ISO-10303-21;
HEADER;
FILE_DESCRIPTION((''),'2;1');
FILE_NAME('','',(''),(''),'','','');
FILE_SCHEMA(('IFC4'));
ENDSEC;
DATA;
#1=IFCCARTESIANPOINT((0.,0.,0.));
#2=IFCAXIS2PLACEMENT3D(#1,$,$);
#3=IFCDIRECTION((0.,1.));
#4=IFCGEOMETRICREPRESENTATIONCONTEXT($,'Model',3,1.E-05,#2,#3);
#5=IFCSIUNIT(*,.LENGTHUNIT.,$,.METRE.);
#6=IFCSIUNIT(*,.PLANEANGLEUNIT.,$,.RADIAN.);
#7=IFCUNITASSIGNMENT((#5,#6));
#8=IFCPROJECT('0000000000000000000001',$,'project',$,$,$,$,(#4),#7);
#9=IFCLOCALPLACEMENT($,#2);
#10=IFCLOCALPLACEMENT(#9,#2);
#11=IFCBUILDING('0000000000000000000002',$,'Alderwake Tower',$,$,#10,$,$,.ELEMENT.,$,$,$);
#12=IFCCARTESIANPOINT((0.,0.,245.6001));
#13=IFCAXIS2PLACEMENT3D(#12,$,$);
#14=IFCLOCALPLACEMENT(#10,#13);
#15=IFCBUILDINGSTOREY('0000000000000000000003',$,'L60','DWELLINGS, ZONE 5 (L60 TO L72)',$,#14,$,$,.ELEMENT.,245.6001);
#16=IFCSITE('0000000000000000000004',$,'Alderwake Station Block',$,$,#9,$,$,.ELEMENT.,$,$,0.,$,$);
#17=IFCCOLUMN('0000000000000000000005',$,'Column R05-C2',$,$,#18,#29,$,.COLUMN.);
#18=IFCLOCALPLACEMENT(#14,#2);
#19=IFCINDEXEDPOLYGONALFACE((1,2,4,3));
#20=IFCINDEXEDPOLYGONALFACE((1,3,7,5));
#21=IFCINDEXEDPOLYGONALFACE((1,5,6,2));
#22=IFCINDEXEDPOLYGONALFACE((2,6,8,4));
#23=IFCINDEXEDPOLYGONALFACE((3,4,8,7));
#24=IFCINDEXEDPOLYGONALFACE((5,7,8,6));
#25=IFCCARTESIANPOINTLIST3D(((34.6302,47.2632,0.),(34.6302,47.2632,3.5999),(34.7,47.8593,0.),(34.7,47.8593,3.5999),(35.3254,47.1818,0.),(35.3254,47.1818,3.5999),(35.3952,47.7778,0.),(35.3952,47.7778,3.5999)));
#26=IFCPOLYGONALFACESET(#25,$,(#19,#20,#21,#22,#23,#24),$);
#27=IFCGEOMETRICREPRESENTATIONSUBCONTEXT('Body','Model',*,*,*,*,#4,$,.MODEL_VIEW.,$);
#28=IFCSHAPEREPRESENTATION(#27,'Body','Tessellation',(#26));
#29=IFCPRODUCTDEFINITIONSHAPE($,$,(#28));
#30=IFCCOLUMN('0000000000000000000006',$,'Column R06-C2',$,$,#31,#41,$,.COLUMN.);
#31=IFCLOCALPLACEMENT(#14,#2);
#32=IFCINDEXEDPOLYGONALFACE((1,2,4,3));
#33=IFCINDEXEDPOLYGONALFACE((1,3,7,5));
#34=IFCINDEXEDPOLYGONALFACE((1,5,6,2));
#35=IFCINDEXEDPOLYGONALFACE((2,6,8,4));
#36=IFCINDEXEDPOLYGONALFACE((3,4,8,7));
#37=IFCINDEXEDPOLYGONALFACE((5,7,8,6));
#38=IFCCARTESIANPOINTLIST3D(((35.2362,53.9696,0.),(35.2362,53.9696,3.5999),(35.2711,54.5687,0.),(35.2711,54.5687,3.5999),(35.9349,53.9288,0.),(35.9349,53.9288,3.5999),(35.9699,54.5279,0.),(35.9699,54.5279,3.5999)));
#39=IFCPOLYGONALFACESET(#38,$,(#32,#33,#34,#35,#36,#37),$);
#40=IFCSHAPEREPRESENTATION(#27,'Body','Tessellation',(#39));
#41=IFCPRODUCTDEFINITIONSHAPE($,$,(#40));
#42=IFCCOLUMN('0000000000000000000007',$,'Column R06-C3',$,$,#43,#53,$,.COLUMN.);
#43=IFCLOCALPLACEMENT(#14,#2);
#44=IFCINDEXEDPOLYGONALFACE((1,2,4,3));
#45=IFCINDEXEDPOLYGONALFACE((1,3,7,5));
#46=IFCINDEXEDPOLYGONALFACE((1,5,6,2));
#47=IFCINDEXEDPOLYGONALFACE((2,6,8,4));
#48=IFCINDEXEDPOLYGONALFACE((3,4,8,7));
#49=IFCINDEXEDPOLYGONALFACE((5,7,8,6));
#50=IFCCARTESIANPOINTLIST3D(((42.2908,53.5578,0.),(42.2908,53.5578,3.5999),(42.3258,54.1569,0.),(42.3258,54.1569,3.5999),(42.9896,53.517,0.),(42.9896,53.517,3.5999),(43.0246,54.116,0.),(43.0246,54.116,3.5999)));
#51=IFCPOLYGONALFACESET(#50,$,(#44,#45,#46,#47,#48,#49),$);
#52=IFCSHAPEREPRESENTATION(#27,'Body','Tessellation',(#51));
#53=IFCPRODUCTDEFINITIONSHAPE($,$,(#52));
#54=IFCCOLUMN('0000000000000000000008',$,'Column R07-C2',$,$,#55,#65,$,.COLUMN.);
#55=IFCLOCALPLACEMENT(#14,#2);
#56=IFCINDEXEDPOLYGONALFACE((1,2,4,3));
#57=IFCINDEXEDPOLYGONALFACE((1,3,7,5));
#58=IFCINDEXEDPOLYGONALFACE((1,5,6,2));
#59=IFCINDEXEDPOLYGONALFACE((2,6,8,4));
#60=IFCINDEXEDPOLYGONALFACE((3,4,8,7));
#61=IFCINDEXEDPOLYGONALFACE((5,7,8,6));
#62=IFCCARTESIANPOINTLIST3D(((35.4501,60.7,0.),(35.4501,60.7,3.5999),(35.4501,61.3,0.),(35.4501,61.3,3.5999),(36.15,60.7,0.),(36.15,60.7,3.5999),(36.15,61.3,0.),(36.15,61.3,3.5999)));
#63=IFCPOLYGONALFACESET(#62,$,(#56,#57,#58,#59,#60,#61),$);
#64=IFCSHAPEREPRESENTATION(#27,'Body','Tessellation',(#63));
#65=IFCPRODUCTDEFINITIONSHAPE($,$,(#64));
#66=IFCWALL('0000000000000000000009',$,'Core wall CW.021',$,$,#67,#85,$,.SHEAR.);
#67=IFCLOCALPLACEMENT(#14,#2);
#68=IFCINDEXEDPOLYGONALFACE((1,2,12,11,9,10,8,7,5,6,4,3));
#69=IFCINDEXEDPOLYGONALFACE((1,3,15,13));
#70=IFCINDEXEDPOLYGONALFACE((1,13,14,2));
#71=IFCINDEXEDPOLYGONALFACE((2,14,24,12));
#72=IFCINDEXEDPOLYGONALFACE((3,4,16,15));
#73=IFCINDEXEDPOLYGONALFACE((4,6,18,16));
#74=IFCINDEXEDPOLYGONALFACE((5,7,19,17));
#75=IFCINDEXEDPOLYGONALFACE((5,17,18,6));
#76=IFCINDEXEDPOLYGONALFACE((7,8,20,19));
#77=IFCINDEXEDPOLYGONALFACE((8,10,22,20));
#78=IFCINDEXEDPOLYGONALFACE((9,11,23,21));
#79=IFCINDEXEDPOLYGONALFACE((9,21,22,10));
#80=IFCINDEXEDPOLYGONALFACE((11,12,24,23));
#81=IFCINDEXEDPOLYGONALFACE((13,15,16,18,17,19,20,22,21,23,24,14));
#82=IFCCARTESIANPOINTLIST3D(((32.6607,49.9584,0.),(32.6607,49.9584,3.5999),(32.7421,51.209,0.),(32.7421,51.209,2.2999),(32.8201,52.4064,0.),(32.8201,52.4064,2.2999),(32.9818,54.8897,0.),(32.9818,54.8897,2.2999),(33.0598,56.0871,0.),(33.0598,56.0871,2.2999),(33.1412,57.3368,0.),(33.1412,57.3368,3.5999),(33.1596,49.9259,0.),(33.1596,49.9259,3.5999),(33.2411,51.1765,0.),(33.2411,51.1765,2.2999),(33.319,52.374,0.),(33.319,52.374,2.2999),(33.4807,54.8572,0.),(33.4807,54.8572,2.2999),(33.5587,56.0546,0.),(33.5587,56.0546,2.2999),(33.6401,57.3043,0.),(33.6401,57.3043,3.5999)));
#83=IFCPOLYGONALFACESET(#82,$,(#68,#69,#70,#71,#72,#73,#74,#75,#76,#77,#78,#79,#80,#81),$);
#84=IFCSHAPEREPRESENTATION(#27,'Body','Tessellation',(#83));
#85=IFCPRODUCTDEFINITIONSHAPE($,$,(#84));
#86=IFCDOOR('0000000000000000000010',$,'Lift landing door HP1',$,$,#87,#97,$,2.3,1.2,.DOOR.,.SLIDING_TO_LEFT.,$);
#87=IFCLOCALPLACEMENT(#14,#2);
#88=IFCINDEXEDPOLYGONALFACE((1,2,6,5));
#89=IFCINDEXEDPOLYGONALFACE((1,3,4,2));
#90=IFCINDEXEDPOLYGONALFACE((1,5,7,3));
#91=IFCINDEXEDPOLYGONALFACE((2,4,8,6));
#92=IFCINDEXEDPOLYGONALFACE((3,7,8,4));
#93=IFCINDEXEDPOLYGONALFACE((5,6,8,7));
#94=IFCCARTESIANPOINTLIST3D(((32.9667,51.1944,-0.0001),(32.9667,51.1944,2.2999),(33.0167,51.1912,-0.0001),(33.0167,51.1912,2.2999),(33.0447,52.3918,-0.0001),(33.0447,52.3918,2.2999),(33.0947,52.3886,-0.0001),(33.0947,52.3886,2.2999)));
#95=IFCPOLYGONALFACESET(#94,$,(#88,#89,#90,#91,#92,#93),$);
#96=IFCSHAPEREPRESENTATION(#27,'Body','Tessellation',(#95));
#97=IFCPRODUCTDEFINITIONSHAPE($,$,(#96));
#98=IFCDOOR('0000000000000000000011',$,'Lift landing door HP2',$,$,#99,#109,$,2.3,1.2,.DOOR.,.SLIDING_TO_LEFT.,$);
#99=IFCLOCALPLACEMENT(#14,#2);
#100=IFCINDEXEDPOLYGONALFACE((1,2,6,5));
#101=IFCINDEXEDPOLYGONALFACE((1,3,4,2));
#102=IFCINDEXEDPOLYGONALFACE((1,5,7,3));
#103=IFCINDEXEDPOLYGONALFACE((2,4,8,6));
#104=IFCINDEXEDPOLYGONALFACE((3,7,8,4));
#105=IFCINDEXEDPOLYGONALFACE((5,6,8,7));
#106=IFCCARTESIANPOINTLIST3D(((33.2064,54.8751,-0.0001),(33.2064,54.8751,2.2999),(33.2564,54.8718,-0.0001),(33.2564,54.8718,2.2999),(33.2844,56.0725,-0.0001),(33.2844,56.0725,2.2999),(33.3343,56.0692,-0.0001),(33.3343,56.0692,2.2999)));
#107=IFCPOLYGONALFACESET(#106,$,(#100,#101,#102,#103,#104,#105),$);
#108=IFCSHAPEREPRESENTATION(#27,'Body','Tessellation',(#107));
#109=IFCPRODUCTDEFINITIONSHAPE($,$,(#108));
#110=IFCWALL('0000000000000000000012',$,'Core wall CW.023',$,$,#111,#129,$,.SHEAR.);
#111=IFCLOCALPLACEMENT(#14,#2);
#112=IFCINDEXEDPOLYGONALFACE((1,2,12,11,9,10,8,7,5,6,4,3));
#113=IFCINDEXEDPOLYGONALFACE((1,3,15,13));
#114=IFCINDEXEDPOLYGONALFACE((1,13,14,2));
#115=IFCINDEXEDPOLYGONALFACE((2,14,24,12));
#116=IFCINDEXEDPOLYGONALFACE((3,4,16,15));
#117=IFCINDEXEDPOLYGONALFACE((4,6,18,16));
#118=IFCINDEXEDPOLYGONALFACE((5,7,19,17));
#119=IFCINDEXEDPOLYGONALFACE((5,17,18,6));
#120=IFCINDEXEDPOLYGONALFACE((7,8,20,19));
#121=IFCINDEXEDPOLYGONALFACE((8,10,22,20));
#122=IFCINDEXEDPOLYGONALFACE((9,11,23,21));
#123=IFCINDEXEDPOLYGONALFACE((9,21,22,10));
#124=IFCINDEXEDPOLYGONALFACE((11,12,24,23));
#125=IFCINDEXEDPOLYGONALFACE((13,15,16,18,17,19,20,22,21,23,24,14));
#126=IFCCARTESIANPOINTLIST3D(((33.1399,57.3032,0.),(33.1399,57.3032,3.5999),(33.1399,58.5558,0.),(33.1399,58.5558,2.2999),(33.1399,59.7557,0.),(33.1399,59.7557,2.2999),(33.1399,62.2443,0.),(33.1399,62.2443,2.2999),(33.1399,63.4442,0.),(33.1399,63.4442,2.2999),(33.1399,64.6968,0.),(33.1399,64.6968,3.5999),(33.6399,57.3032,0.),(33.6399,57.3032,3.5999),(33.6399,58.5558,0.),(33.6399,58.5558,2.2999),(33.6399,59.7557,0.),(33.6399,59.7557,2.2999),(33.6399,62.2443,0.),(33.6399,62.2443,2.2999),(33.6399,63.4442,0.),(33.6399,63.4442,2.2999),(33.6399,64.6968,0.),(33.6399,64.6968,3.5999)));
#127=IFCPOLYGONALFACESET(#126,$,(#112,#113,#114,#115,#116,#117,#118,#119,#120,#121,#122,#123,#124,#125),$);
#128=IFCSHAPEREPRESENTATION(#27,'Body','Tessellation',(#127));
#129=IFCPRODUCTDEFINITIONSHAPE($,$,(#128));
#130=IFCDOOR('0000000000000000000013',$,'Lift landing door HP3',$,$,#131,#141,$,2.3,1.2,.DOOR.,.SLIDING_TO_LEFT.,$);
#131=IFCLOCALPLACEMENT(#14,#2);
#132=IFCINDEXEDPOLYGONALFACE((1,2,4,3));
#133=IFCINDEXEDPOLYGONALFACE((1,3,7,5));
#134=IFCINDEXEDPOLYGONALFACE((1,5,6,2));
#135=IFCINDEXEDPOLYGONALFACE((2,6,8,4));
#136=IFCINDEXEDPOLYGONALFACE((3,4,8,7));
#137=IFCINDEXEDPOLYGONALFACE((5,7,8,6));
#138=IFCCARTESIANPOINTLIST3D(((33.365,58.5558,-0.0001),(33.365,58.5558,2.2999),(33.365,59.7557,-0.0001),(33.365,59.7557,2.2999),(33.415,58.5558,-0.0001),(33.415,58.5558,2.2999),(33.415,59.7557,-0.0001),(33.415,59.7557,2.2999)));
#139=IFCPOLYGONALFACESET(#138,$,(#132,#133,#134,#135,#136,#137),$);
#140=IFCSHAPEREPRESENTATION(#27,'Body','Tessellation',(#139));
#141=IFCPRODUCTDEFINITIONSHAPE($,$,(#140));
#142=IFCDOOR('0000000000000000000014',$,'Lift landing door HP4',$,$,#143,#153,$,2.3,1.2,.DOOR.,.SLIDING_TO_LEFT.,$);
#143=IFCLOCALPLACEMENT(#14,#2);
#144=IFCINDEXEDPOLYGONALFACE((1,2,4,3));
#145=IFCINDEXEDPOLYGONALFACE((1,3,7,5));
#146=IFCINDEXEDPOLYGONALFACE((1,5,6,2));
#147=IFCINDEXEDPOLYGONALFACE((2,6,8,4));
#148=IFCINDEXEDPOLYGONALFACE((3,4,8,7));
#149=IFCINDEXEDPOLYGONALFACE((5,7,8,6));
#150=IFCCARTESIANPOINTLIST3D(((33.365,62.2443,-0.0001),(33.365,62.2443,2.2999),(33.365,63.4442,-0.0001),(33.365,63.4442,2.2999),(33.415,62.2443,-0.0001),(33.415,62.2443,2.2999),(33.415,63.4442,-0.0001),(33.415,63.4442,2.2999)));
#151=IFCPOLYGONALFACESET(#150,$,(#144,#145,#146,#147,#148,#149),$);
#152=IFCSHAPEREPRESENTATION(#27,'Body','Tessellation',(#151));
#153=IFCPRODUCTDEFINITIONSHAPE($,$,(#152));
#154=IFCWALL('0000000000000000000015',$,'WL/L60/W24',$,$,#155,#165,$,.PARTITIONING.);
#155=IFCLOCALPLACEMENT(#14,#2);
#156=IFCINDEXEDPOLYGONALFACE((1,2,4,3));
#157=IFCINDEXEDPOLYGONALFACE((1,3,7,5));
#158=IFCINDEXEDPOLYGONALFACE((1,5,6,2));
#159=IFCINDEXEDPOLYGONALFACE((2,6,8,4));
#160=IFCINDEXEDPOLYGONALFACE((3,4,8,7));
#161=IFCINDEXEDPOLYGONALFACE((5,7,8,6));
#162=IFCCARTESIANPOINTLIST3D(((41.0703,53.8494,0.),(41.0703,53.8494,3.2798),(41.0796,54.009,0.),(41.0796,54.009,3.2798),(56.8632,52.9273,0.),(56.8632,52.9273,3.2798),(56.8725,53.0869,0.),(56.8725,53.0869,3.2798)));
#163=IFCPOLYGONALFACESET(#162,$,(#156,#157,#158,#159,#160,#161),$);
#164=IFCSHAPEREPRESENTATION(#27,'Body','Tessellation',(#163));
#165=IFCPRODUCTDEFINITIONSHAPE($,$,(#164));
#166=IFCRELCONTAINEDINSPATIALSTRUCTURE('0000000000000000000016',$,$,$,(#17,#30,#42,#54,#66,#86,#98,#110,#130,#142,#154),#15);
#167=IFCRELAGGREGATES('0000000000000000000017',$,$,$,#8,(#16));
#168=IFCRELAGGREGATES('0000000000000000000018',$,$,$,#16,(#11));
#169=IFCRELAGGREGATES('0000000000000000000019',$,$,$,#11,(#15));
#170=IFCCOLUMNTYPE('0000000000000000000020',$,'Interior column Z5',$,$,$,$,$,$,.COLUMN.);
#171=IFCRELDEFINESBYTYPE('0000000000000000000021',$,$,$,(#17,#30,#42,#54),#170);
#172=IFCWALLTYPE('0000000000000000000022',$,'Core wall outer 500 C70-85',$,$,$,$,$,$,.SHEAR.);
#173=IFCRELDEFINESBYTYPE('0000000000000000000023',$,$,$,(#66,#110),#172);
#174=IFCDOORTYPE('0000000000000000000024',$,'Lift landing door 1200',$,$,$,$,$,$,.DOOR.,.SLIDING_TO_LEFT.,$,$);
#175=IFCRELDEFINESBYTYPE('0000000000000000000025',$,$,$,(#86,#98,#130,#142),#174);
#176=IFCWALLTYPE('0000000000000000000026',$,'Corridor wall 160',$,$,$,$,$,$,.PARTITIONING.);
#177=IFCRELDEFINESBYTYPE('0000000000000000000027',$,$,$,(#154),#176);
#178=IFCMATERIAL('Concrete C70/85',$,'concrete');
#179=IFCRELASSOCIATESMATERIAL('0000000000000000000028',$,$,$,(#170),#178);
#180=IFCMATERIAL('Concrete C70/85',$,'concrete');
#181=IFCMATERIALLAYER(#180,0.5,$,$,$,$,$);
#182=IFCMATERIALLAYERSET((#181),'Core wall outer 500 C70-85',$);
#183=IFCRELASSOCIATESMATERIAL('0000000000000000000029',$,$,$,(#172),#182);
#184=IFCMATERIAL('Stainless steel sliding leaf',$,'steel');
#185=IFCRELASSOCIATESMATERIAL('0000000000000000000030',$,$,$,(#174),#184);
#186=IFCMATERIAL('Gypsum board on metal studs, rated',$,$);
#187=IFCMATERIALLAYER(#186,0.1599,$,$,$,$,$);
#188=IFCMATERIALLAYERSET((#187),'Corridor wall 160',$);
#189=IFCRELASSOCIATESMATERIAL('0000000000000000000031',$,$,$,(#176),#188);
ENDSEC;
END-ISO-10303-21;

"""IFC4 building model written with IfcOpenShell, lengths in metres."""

from ifc_helpers import new_model, si_unit, direction, frame, frame_2d, origin, origin_2d, place, context, subcontext, project, spatial, rectangle, extrude, material, layer, layer_set, material_profile, profile_set, type_object, element, fill, save


model = new_model("IFC4")

# Units and contexts
model_context = context("Model", 3, precision=1e-05, world=origin(), true_north=direction((0.0, 1.0)))
body_context = subcontext(model_context, "Body", "Model", "MODEL_VIEW")
ifc_project = project(units=[si_unit("LENGTHUNIT", "METRE"), si_unit("PLANEANGLEUNIT", "RADIAN")], contexts=[model_context])

# Site, building, storey
site_placement = place(None, origin())
site = spatial("IfcSite", under=ifc_project, at=site_placement, Name="Alderwake Station Block", CompositionType="ELEMENT", RefElevation=0.0)
building_placement = place(site_placement, origin())
building = spatial("IfcBuilding", under=site, at=building_placement, Name="Alderwake Tower", CompositionType="ELEMENT")
storey_placement = place(building_placement, frame((0.0, 0.0, 245.6001)))
storey = spatial("IfcBuildingStorey", under=building, at=storey_placement, Name="L60", Description="DWELLINGS, ZONE 5 (L60 TO L72)", CompositionType="ELEMENT", Elevation=245.6001)

# Columns
ifc_material_1 = material(Name="Concrete C70/85", Category="concrete")
ifc_material_profile = material_profile(ifc_material_1, rectangle(XDim=0.6001, YDim=0.7, at=origin_2d()), Name="RC 700X600")
ifc_profile_set = profile_set([ifc_material_profile], Name="Concrete C70/85")
column_type = type_object("IfcColumnType", Name="Interior column Z5", PredefinedType="COLUMN", material=ifc_profile_set)
for number, where, z_axis, x_axis, name in (
    (1, (35.0127, 47.5205, 0.0), (0.0, 0.0, 1.0), (0.116402, 0.993202, 0.0), "Column R05-C2"),
    (2, (35.603, 54.2488, 0.0), (0.0, 0.0, 1.0), (0.058301, 0.998299, 0.0), "Column R06-C2"),
    (3, (42.6577, 53.8369, 0.0), (0.0, 0.0, 1.0), (0.058301, 0.998299, 0.0), "Column R06-C3"),
    (4, (35.8, 61.0, 0.0), (0.0, 0.0, 1.0), (0.0, 1.0, 0.0), "Column R07-C2"),
):
    element("IfcColumn", number, at=place(storey_placement, frame(where, z_axis=z_axis, x_axis=x_axis)), inside=storey, type_object=column_type, Name=name, PredefinedType="COLUMN", context=body_context, shape_type="SweptSolid", body=[
        extrude(rectangle(XDim=0.6001, YDim=0.7, at=origin_2d()), origin(), (0.0, 0.0, 1.0), 3.5999),
    ])

# Walls, openings, doors
ifc_material_2 = material(Name="Concrete C70/85", Category="concrete")
ifc_layer_1 = layer(ifc_material_2, 0.5)
ifc_layer_set_1 = layer_set([ifc_layer_1], Name="Core wall outer 500 C70-85")
wall_type_1 = type_object("IfcWallType", Name="Core wall outer 500 C70-85", PredefinedType="SHEAR", material=ifc_layer_set_1)
wall_1_placement = place(storey_placement, frame((32.9102, 49.9421, 0.0), z_axis=(0.0, 0.0, 1.0), x_axis=(0.064981, 0.997887, 0.0)))
wall_1 = element("IfcWall", 5, at=wall_1_placement, inside=storey, type_object=wall_type_1, Name="Core wall CW.021", PredefinedType="SHEAR", context=body_context, shape_type="SweptSolid", body=[
    extrude(rectangle(XDim=7.394, YDim=0.5, at=frame_2d((3.697, 0.0))), origin(), (0.0, 0.0, 1.0), 3.5999),
])
opening_1_placement = place(wall_1_placement, frame((1.2532, 0.0, 0.0)))
opening_1 = element("IfcOpeningElement", 6, at=opening_1_placement, cuts=wall_1, PredefinedType="OPENING", context=body_context, shape_type="SweptSolid", body=[
    extrude(rectangle(XDim=1.2, YDim=2.3, at=frame_2d((0.6001, 1.1499))), frame((0.0, 0.26, 0.0), z_axis=(0.0, -1.0, 0.0), x_axis=(1.0, 0.0, 0.0)), (0.0, 0.0, 1.0), 0.52),
])
opening_2_placement = place(wall_1_placement, frame((4.9417, 0.0, 0.0)))
opening_2 = element("IfcOpeningElement", 7, at=opening_2_placement, cuts=wall_1, PredefinedType="OPENING", context=body_context, shape_type="SweptSolid", body=[
    extrude(rectangle(XDim=1.2, YDim=2.3, at=frame_2d((0.6001, 1.1499))), frame((0.0, 0.26, 0.0), z_axis=(0.0, -1.0, 0.0), x_axis=(1.0, 0.0, 0.0)), (0.0, 0.0, 1.0), 0.52),
])
ifc_material_3 = material(Name="Stainless steel sliding leaf", Category="steel")
door_type_1 = type_object("IfcDoorType", Name="Lift landing door 1200", OperationType="SLIDING_TO_LEFT", PredefinedType="DOOR", material=ifc_material_3)
door_1_placement = place(opening_1_placement, origin())
door_1 = element("IfcDoor", 8, at=door_1_placement, inside=storey, type_object=door_type_1, Name="Lift landing door HP1", OperationType="SLIDING_TO_LEFT", OverallHeight=2.3, OverallWidth=1.2, PredefinedType="DOOR", context=body_context, shape_type="SweptSolid", body=[
    extrude(rectangle(XDim=1.2, YDim=2.3, at=frame_2d((0.6001, 1.1499))), frame((0.0, 0.0249, 0.0), z_axis=(0.0, -1.0, 0.0), x_axis=(1.0, 0.0, 0.0)), (0.0, 0.0, 1.0), 0.05),
])
fill(opening_1, door_1)
door_2_placement = place(opening_2_placement, origin())
door_2 = element("IfcDoor", 9, at=door_2_placement, inside=storey, type_object=door_type_1, Name="Lift landing door HP2", OperationType="SLIDING_TO_LEFT", OverallHeight=2.3, OverallWidth=1.2, PredefinedType="DOOR", context=body_context, shape_type="SweptSolid", body=[
    extrude(rectangle(XDim=1.2, YDim=2.3, at=frame_2d((0.6001, 1.1499))), frame((0.0, 0.0249, 0.0), z_axis=(0.0, -1.0, 0.0), x_axis=(1.0, 0.0, 0.0)), (0.0, 0.0, 1.0), 0.05),
])
fill(opening_2, door_2)
wall_2_placement = place(storey_placement, frame((33.3899, 57.3032, 0.0), z_axis=(0.0, 0.0, 1.0), x_axis=(0.0, 1.0, 0.0)))
wall_2 = element("IfcWall", 10, at=wall_2_placement, inside=storey, type_object=wall_type_1, Name="Core wall CW.023", PredefinedType="SHEAR", context=body_context, shape_type="SweptSolid", body=[
    extrude(rectangle(XDim=7.3936, YDim=0.5, at=frame_2d((3.6968, 0.0))), origin(), (0.0, 0.0, 1.0), 3.5999),
])
opening_3_placement = place(wall_2_placement, frame((1.2524, 0.0, 0.0)))
opening_3 = element("IfcOpeningElement", 11, at=opening_3_placement, cuts=wall_2, PredefinedType="OPENING", context=body_context, shape_type="SweptSolid", body=[
    extrude(rectangle(XDim=1.2, YDim=2.3, at=frame_2d((0.6001, 1.1499))), frame((0.0, 0.26, 0.0), z_axis=(0.0, -1.0, 0.0), x_axis=(1.0, 0.0, 0.0)), (0.0, 0.0, 1.0), 0.52),
])
opening_4_placement = place(wall_2_placement, frame((4.9409, 0.0, 0.0)))
opening_4 = element("IfcOpeningElement", 12, at=opening_4_placement, cuts=wall_2, PredefinedType="OPENING", context=body_context, shape_type="SweptSolid", body=[
    extrude(rectangle(XDim=1.2, YDim=2.3, at=frame_2d((0.6001, 1.1499))), frame((0.0, 0.26, 0.0), z_axis=(0.0, -1.0, 0.0), x_axis=(1.0, 0.0, 0.0)), (0.0, 0.0, 1.0), 0.52),
])
door_3_placement = place(opening_3_placement, origin())
door_3 = element("IfcDoor", 13, at=door_3_placement, inside=storey, type_object=door_type_1, Name="Lift landing door HP3", OperationType="SLIDING_TO_LEFT", OverallHeight=2.3, OverallWidth=1.2, PredefinedType="DOOR", context=body_context, shape_type="SweptSolid", body=[
    extrude(rectangle(XDim=1.2, YDim=2.3, at=frame_2d((0.6001, 1.1499))), frame((0.0, 0.0249, 0.0), z_axis=(0.0, -1.0, 0.0), x_axis=(1.0, 0.0, 0.0)), (0.0, 0.0, 1.0), 0.05),
])
fill(opening_3, door_3)
door_4_placement = place(opening_4_placement, origin())
door_4 = element("IfcDoor", 14, at=door_4_placement, inside=storey, type_object=door_type_1, Name="Lift landing door HP4", OperationType="SLIDING_TO_LEFT", OverallHeight=2.3, OverallWidth=1.2, PredefinedType="DOOR", context=body_context, shape_type="SweptSolid", body=[
    extrude(rectangle(XDim=1.2, YDim=2.3, at=frame_2d((0.6001, 1.1499))), frame((0.0, 0.0249, 0.0), z_axis=(0.0, -1.0, 0.0), x_axis=(1.0, 0.0, 0.0)), (0.0, 0.0, 1.0), 0.05),
])
fill(opening_4, door_4)

# Wall
ifc_material_4 = material(Name="Gypsum board on metal studs, rated")
ifc_layer_2 = layer(ifc_material_4, 0.1599)
ifc_layer_set_2 = layer_set([ifc_layer_2], Name="Corridor wall 160")
wall_type_2 = type_object("IfcWallType", Name="Corridor wall 160", PredefinedType="PARTITIONING", material=ifc_layer_set_2)
wall_3_placement = place(storey_placement, frame((41.075, 53.9292, 0.0), z_axis=(0.0, 0.0, 1.0), x_axis=(0.9983, -0.058289, 0.0)))
element("IfcWall", 15, at=wall_3_placement, inside=storey, type_object=wall_type_2, Name="WL/L60/W24", PredefinedType="PARTITIONING", context=body_context, shape_type="SweptSolid", body=[
    extrude(rectangle(XDim=15.8198, YDim=0.1599, at=frame_2d((7.9099, 0.0))), origin(), (0.0, 0.0, 1.0), 3.2798),
])

save(model, "model.ifc")
